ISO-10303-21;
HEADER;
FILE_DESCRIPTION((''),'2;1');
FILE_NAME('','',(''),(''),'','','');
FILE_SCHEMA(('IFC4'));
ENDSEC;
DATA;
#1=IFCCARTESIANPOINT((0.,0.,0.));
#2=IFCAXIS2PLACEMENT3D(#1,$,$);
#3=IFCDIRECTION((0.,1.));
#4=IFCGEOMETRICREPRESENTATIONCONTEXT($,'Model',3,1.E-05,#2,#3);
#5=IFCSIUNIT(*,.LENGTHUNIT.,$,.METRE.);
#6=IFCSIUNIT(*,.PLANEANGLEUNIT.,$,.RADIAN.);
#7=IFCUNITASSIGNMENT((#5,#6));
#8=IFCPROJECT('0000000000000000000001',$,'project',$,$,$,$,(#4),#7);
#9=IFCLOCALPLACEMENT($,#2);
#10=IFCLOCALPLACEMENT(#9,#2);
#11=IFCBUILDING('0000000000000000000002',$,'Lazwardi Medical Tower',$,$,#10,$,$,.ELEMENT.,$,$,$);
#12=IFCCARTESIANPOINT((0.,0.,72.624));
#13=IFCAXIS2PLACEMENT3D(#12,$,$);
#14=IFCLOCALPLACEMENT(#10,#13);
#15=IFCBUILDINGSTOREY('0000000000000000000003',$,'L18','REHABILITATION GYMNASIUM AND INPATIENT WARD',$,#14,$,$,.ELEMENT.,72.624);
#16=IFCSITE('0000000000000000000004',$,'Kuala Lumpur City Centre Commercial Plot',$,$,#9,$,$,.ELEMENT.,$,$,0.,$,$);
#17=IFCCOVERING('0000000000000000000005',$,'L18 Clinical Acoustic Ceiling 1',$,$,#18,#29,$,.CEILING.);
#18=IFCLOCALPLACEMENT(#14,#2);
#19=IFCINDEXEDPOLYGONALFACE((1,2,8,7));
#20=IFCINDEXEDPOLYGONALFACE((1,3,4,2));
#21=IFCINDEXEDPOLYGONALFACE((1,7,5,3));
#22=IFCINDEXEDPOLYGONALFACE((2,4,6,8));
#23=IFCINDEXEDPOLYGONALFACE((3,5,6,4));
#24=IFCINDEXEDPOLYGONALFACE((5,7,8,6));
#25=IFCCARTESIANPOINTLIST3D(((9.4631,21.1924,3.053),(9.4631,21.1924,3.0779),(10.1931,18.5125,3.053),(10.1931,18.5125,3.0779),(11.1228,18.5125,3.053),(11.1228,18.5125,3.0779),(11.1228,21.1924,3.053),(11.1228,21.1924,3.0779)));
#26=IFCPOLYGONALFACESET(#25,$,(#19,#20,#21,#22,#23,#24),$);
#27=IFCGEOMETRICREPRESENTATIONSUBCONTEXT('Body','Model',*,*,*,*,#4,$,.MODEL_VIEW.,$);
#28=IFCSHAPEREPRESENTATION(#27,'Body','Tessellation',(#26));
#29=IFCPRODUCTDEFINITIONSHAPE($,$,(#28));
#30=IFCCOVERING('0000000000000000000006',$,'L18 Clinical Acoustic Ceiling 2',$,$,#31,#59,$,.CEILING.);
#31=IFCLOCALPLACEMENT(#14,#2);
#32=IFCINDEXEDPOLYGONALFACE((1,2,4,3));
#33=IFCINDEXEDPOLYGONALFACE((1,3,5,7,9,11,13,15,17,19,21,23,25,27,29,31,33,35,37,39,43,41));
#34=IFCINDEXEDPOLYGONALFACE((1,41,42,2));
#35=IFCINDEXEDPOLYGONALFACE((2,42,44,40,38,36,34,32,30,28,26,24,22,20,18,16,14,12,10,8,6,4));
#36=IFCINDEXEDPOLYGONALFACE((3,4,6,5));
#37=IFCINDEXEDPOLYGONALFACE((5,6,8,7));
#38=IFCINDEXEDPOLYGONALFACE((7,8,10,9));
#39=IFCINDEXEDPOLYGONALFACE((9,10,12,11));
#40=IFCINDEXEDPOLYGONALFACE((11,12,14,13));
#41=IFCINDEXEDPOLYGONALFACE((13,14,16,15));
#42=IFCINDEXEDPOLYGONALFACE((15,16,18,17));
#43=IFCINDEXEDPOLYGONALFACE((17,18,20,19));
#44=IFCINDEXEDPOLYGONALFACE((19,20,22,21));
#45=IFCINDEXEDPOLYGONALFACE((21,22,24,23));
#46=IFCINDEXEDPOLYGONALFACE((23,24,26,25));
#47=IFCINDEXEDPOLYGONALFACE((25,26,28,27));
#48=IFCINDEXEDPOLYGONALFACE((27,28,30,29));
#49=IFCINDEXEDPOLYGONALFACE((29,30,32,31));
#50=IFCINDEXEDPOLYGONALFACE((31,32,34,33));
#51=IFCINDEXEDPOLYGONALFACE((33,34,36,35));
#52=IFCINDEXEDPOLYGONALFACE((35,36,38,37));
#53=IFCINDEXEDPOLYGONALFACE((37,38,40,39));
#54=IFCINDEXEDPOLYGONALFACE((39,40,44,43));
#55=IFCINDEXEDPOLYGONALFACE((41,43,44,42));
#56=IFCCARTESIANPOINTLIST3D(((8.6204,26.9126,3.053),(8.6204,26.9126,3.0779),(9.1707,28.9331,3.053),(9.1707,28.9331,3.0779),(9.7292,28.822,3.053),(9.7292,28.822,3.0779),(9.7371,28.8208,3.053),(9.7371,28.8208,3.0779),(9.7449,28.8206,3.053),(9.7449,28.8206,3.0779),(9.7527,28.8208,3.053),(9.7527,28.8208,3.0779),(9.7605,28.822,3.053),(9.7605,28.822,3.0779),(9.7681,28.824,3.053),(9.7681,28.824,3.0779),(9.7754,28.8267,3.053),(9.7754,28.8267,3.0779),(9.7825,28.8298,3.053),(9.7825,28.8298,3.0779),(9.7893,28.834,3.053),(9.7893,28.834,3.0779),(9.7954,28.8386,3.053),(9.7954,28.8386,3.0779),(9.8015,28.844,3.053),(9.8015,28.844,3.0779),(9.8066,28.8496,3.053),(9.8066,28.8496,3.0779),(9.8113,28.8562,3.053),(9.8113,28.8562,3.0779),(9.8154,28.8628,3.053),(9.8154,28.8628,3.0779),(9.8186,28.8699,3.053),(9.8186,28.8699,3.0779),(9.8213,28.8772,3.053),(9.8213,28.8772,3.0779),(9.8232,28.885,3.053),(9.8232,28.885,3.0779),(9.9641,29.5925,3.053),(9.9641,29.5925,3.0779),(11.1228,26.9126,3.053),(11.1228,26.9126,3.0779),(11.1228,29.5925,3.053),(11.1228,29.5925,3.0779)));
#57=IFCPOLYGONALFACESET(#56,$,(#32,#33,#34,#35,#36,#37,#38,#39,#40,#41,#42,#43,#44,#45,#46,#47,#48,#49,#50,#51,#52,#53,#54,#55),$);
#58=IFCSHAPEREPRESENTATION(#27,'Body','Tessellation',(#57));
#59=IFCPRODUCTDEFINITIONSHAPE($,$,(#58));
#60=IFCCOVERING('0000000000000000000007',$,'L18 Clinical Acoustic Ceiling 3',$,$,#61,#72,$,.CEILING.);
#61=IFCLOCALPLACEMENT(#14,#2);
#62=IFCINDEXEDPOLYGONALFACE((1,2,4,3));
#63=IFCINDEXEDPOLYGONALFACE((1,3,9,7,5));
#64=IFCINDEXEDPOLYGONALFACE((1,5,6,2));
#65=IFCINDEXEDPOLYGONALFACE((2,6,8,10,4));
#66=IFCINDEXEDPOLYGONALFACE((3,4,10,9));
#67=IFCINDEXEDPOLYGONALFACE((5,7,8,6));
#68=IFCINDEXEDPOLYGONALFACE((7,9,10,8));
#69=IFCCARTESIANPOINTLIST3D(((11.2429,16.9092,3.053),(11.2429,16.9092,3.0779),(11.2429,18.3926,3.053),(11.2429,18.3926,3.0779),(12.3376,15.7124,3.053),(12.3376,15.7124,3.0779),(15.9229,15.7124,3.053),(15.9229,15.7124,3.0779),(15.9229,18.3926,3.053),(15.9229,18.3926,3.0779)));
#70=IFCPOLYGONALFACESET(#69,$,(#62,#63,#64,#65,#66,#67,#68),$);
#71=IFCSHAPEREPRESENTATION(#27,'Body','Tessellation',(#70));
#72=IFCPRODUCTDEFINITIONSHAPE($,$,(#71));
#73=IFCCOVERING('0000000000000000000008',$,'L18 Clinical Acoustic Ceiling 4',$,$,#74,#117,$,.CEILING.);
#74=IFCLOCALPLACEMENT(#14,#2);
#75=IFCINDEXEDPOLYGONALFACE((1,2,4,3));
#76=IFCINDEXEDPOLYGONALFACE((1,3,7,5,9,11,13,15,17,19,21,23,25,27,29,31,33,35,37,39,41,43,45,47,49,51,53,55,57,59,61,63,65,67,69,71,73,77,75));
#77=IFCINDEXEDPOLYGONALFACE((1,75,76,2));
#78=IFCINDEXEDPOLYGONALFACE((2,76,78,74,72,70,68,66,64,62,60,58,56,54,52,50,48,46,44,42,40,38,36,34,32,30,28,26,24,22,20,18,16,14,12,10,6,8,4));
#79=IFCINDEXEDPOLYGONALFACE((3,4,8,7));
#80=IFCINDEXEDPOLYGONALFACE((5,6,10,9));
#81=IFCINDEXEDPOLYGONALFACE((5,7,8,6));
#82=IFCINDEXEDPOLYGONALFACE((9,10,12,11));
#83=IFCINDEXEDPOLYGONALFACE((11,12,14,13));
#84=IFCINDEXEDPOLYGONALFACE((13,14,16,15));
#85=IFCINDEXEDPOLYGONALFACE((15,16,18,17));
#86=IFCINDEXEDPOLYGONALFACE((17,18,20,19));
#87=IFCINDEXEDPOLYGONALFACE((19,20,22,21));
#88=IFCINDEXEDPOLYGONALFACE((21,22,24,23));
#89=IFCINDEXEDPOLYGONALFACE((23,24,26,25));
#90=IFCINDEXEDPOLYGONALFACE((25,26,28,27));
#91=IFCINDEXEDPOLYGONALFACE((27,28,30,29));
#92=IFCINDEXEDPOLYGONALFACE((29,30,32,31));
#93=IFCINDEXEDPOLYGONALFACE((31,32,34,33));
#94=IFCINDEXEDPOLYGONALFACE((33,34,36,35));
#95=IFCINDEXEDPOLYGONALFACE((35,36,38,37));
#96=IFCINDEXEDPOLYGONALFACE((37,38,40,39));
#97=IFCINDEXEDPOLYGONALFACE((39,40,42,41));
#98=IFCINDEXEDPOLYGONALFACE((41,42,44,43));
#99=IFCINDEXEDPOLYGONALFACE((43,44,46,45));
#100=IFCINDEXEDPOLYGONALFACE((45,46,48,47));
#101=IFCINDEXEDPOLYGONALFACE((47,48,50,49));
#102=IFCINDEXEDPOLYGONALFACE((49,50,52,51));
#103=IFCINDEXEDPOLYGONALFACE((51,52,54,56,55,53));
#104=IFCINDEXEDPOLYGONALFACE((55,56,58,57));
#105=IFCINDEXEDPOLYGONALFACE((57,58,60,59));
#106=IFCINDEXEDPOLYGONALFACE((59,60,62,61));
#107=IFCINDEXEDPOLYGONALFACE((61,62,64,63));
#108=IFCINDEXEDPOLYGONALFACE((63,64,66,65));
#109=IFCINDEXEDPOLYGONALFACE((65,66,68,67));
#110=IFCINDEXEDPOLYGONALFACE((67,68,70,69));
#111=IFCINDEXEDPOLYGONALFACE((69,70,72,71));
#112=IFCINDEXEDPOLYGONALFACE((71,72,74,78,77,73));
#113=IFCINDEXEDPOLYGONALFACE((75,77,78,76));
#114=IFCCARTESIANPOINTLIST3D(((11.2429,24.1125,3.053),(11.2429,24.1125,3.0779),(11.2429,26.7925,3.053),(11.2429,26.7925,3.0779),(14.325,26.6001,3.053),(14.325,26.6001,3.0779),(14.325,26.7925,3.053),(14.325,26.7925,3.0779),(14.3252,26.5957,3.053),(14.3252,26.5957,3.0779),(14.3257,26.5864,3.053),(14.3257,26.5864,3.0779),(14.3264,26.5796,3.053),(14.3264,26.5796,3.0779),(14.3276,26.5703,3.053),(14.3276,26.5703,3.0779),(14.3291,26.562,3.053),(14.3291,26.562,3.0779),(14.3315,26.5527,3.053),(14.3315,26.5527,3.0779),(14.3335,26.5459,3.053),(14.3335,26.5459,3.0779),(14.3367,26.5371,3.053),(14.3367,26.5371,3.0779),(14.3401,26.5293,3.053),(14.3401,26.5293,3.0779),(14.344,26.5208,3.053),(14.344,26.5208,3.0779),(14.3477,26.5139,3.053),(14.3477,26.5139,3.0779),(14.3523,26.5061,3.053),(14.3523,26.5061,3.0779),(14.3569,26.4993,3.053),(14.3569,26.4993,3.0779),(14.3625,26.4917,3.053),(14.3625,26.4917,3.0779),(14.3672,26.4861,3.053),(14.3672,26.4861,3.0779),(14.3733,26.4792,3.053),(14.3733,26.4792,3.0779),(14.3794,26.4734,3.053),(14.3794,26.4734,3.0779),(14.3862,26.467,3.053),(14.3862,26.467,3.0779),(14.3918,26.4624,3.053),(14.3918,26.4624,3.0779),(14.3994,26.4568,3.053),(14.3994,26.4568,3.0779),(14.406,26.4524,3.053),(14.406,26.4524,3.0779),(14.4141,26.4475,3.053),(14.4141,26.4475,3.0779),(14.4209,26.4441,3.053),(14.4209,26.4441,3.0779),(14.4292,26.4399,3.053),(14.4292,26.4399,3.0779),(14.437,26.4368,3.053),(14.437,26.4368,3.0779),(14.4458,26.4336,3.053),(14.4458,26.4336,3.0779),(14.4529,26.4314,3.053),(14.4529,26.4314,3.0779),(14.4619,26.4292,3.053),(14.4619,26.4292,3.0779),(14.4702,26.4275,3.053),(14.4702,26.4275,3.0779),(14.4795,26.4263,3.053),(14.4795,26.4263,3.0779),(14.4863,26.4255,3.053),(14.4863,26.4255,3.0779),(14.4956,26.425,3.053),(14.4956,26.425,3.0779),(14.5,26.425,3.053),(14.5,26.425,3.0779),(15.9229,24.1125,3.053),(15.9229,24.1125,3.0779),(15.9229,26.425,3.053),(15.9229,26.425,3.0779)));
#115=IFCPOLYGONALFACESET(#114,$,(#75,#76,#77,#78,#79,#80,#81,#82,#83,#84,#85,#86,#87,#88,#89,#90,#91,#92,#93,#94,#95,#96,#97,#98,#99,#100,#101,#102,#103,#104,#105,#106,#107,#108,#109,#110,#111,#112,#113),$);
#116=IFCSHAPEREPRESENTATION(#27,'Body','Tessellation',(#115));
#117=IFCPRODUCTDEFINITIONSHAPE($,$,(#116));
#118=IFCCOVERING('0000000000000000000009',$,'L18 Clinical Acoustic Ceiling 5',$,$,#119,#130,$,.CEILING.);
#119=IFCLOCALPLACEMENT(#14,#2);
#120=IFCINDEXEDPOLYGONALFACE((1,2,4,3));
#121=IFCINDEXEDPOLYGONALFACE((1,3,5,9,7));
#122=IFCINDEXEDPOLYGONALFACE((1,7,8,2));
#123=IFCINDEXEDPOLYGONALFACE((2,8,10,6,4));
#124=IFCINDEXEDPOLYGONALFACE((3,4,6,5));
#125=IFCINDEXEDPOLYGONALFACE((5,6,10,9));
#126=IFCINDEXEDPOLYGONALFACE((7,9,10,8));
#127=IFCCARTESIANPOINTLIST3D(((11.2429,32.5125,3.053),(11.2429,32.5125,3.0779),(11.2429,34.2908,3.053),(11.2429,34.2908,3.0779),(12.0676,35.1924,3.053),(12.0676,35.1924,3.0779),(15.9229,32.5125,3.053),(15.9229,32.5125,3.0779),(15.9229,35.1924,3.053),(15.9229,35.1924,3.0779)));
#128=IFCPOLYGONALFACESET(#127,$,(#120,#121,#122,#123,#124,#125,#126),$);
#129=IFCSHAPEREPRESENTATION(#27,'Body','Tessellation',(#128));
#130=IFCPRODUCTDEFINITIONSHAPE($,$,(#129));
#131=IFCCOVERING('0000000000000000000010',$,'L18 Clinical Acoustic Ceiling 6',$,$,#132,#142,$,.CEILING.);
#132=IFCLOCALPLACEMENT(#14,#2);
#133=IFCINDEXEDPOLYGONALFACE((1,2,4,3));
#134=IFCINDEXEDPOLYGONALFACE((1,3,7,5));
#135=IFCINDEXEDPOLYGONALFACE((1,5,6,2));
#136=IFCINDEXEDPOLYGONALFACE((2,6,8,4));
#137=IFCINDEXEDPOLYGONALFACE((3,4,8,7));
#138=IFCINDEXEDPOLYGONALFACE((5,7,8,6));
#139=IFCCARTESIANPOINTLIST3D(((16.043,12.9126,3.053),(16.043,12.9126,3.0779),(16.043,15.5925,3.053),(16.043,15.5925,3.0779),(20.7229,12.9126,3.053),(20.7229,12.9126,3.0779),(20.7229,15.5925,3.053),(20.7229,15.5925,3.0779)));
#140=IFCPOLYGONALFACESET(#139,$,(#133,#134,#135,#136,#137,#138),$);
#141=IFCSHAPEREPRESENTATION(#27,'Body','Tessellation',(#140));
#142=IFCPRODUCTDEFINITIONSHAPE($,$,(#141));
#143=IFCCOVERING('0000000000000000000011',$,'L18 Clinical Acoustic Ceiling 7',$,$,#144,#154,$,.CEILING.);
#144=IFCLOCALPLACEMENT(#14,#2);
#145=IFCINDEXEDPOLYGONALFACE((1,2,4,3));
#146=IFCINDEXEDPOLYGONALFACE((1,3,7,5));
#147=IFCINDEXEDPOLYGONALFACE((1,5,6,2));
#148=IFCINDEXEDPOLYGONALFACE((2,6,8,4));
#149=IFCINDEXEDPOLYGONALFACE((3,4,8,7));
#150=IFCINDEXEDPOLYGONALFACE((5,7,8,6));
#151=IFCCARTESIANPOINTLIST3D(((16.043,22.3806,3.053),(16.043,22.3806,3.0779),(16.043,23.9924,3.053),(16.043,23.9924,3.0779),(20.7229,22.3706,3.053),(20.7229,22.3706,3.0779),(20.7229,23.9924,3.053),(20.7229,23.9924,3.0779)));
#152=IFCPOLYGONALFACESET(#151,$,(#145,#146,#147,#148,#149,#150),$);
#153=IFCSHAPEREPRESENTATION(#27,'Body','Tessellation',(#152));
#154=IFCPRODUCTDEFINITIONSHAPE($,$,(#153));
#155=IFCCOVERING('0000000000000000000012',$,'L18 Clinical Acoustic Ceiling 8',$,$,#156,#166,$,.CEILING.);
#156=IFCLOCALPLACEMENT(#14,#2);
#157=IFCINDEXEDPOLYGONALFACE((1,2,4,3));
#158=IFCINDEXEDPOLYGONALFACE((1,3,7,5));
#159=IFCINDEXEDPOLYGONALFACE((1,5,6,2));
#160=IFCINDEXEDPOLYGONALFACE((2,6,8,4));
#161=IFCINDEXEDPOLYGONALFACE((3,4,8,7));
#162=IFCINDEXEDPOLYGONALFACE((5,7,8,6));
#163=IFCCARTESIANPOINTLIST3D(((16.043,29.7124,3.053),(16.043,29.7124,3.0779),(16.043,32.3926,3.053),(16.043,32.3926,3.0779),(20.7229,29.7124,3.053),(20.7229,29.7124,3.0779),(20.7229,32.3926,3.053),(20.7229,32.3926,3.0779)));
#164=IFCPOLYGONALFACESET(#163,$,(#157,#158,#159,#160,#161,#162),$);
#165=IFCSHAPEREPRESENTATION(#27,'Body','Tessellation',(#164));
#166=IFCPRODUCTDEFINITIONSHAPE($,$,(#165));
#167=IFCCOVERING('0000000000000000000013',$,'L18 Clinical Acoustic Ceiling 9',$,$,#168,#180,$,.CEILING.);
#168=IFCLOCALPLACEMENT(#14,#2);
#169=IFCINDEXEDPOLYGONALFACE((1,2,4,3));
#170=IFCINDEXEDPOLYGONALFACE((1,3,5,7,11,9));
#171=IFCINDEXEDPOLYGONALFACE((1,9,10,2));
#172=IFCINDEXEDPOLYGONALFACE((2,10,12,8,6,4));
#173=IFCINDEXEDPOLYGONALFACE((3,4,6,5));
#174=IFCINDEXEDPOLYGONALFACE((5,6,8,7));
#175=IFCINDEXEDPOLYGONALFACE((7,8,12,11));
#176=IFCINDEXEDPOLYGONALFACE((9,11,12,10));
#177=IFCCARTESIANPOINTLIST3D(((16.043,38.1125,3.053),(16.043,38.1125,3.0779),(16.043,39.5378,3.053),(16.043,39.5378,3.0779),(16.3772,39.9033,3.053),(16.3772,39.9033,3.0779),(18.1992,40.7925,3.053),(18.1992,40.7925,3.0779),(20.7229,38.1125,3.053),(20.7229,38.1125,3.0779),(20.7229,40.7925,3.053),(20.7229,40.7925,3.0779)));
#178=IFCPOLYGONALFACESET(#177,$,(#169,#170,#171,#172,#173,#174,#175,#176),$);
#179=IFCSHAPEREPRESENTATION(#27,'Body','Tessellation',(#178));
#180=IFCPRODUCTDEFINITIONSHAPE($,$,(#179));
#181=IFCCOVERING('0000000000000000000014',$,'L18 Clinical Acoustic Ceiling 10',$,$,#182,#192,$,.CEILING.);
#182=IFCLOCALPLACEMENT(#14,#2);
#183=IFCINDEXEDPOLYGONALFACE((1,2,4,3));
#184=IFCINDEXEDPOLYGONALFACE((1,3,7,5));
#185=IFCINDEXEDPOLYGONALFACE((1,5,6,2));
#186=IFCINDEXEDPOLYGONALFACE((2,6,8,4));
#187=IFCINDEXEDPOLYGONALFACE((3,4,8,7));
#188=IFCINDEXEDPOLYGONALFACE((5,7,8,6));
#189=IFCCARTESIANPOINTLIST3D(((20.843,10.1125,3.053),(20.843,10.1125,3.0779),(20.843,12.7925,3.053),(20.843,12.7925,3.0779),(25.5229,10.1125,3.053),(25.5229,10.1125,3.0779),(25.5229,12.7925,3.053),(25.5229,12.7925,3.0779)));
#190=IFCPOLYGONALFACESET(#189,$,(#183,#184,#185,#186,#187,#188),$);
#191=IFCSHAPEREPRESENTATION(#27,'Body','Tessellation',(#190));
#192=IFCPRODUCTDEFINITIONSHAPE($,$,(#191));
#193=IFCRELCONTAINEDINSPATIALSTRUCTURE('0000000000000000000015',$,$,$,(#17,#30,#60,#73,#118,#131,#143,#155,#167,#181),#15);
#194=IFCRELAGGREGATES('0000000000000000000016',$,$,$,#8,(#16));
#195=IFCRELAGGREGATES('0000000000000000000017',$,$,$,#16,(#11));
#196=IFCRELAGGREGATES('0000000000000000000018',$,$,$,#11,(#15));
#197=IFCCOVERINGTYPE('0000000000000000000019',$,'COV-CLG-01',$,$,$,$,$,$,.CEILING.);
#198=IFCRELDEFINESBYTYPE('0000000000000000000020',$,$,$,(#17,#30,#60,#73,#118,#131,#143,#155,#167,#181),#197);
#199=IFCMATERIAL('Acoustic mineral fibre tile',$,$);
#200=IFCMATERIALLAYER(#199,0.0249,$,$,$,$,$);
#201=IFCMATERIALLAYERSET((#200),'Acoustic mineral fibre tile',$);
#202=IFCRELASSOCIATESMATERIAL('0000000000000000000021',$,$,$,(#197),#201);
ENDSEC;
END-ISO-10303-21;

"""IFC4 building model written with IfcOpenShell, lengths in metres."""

from ifc_helpers import new_model, si_unit, direction, frame, origin, place, context, subcontext, project, spatial, polyline, outline, extrude, material, layer, layer_set, type_object, element, save


model = new_model("IFC4")

# Units and contexts
model_context = context("Model", 3, precision=1e-05, world=origin(), true_north=direction((0.0, 1.0)))
body_context = subcontext(model_context, "Body", "Model", "MODEL_VIEW")
ifc_project = project(units=[si_unit("LENGTHUNIT", "METRE"), si_unit("PLANEANGLEUNIT", "RADIAN")], contexts=[model_context])

# Site, building, storey
site_placement = place(None, origin())
site = spatial("IfcSite", under=ifc_project, at=site_placement, Name="Kuala Lumpur City Centre Commercial Plot", CompositionType="ELEMENT", RefElevation=0.0)
building_placement = place(site_placement, origin())
building = spatial("IfcBuilding", under=site, at=building_placement, Name="Lazwardi Medical Tower", CompositionType="ELEMENT")
storey_placement = place(building_placement, frame((0.0, 0.0, 72.624)))
storey = spatial("IfcBuildingStorey", under=building, at=storey_placement, Name="L18", Description="REHABILITATION GYMNASIUM AND INPATIENT WARD", CompositionType="ELEMENT", Elevation=72.624)

# Coverings
ifc_material_1 = material(Name="Acoustic mineral fibre tile")
ifc_layer_1 = layer(ifc_material_1, 0.0249)
ifc_layer_set_1 = layer_set([ifc_layer_1], Name="Acoustic mineral fibre tile")
covering_type_1 = type_object("IfcCoveringType", Name="COV-CLG-01", PredefinedType="CEILING", material=ifc_layer_set_1)
covering_1_placement = place(storey_placement, frame((0.0, 0.0, 3.053)))
element("IfcCovering", 1, at=covering_1_placement, inside=storey, type_object=covering_type_1, Name="L18 Clinical Acoustic Ceiling 1", PredefinedType="CEILING", context=body_context, shape_type="SweptSolid", body=[
    extrude(outline(polyline([(9.4631, 21.1924), (10.1931, 18.5125), (11.1228, 18.5125), (11.1228, 21.1924), (9.4631, 21.1924)])), origin(), (0.0, 0.0, 1.0), 0.0249),
])
covering_2_placement = place(storey_placement, frame((0.0, 0.0, 3.053)))
element("IfcCovering", 2, at=covering_2_placement, inside=storey, type_object=covering_type_1, Name="L18 Clinical Acoustic Ceiling 2", PredefinedType="CEILING", context=body_context, shape_type="SweptSolid", body=[
    extrude(outline(polyline([(9.9641, 29.5925), (9.8232, 28.885), (9.8213, 28.8772), (9.8186, 28.8699), (9.8154, 28.8628), (9.8113, 28.8562), (9.8066, 28.8496), (9.8015, 28.844), (9.7954, 28.8386), (9.7893, 28.834), (9.7825, 28.8298), (9.7754, 28.8267), (9.7681, 28.824), (9.7605, 28.822), (9.7527, 28.8208), (9.7449, 28.8206), (9.7371, 28.8208), (9.7292, 28.822), (9.1707, 28.9331), (8.6204, 26.9126), (11.1228, 26.9126), (11.1228, 29.5925), (9.9641, 29.5925)])), origin(), (0.0, 0.0, 1.0), 0.0249),
])
covering_3_placement = place(storey_placement, frame((0.0, 0.0, 3.053)))
element("IfcCovering", 3, at=covering_3_placement, inside=storey, type_object=covering_type_1, Name="L18 Clinical Acoustic Ceiling 3", PredefinedType="CEILING", context=body_context, shape_type="SweptSolid", body=[
    extrude(outline(polyline([(11.2429, 16.9092), (12.3376, 15.7124), (15.9229, 15.7124), (15.9229, 18.3926), (11.2429, 18.3926), (11.2429, 16.9092)])), origin(), (0.0, 0.0, 1.0), 0.0249),
])
covering_4_placement = place(storey_placement, frame((0.0, 0.0, 3.053)))
element("IfcCovering", 4, at=covering_4_placement, inside=storey, type_object=covering_type_1, Name="L18 Clinical Acoustic Ceiling 4", PredefinedType="CEILING", context=body_context, shape_type="SweptSolid", body=[
    extrude(outline(polyline([(15.9229, 26.425), (14.5, 26.425), (14.4956, 26.425), (14.4863, 26.4255), (14.4795, 26.4263), (14.4702, 26.4275), (14.4619, 26.4292), (14.4529, 26.4314), (14.4458, 26.4336), (14.437, 26.4368), (14.4292, 26.4399), (14.4209, 26.4441), (14.4141, 26.4475), (14.406, 26.4524), (14.3994, 26.4568), (14.3918, 26.4624), (14.3862, 26.467), (14.3794, 26.4734), (14.3733, 26.4792), (14.3672, 26.4861), (14.3625, 26.4917), (14.3569, 26.4993), (14.3523, 26.5061), (14.3477, 26.5139), (14.344, 26.5208), (14.3401, 26.5293), (14.3367, 26.5371), (14.3335, 26.5459), (14.3315, 26.5527), (14.3291, 26.562), (14.3276, 26.5703), (14.3264, 26.5796), (14.3257, 26.5864), (14.3252, 26.5957), (14.325, 26.6001), (14.325, 26.7925), (11.2429, 26.7925), (11.2429, 24.1125), (15.9229, 24.1125), (15.9229, 26.425)])), origin(), (0.0, 0.0, 1.0), 0.0249),
])
covering_5_placement = place(storey_placement, frame((0.0, 0.0, 3.053)))
element("IfcCovering", 5, at=covering_5_placement, inside=storey, type_object=covering_type_1, Name="L18 Clinical Acoustic Ceiling 5", PredefinedType="CEILING", context=body_context, shape_type="SweptSolid", body=[
    extrude(outline(polyline([(12.0676, 35.1924), (11.2429, 34.2908), (11.2429, 32.5125), (15.9229, 32.5125), (15.9229, 35.1924), (12.0676, 35.1924)])), origin(), (0.0, 0.0, 1.0), 0.0249),
])
covering_6_placement = place(storey_placement, frame((0.0, 0.0, 3.053)))
element("IfcCovering", 6, at=covering_6_placement, inside=storey, type_object=covering_type_1, Name="L18 Clinical Acoustic Ceiling 6", PredefinedType="CEILING", context=body_context, shape_type="SweptSolid", body=[
    extrude(outline(polyline([(20.7229, 12.9126), (20.7229, 15.5925), (16.043, 15.5925), (16.043, 12.9126), (20.7229, 12.9126)])), origin(), (0.0, 0.0, 1.0), 0.0249),
])
covering_7_placement = place(storey_placement, frame((0.0, 0.0, 3.053)))
element("IfcCovering", 7, at=covering_7_placement, inside=storey, type_object=covering_type_1, Name="L18 Clinical Acoustic Ceiling 7", PredefinedType="CEILING", context=body_context, shape_type="SweptSolid", body=[
    extrude(outline(polyline([(16.043, 22.3806), (20.7229, 22.3706), (20.7229, 23.9924), (16.043, 23.9924), (16.043, 22.3806)])), origin(), (0.0, 0.0, 1.0), 0.0249),
])
covering_8_placement = place(storey_placement, frame((0.0, 0.0, 3.053)))
element("IfcCovering", 8, at=covering_8_placement, inside=storey, type_object=covering_type_1, Name="L18 Clinical Acoustic Ceiling 8", PredefinedType="CEILING", context=body_context, shape_type="SweptSolid", body=[
    extrude(outline(polyline([(20.7229, 29.7124), (20.7229, 32.3926), (16.043, 32.3926), (16.043, 29.7124), (20.7229, 29.7124)])), origin(), (0.0, 0.0, 1.0), 0.0249),
])
covering_9_placement = place(storey_placement, frame((0.0, 0.0, 3.053)))
element("IfcCovering", 9, at=covering_9_placement, inside=storey, type_object=covering_type_1, Name="L18 Clinical Acoustic Ceiling 9", PredefinedType="CEILING", context=body_context, shape_type="SweptSolid", body=[
    extrude(outline(polyline([(18.1992, 40.7925), (16.3772, 39.9033), (16.043, 39.5378), (16.043, 38.1125), (20.7229, 38.1125), (20.7229, 40.7925), (18.1992, 40.7925)])), origin(), (0.0, 0.0, 1.0), 0.0249),
])
covering_10_placement = place(storey_placement, frame((0.0, 0.0, 3.053)))
element("IfcCovering", 10, at=covering_10_placement, inside=storey, type_object=covering_type_1, Name="L18 Clinical Acoustic Ceiling 10", PredefinedType="CEILING", context=body_context, shape_type="SweptSolid", body=[
    extrude(outline(polyline([(25.5229, 10.1125), (25.5229, 12.7925), (20.843, 12.7925), (20.843, 10.1125), (25.5229, 10.1125)])), origin(), (0.0, 0.0, 1.0), 0.0249),
])

save(model, "model.ifc")
